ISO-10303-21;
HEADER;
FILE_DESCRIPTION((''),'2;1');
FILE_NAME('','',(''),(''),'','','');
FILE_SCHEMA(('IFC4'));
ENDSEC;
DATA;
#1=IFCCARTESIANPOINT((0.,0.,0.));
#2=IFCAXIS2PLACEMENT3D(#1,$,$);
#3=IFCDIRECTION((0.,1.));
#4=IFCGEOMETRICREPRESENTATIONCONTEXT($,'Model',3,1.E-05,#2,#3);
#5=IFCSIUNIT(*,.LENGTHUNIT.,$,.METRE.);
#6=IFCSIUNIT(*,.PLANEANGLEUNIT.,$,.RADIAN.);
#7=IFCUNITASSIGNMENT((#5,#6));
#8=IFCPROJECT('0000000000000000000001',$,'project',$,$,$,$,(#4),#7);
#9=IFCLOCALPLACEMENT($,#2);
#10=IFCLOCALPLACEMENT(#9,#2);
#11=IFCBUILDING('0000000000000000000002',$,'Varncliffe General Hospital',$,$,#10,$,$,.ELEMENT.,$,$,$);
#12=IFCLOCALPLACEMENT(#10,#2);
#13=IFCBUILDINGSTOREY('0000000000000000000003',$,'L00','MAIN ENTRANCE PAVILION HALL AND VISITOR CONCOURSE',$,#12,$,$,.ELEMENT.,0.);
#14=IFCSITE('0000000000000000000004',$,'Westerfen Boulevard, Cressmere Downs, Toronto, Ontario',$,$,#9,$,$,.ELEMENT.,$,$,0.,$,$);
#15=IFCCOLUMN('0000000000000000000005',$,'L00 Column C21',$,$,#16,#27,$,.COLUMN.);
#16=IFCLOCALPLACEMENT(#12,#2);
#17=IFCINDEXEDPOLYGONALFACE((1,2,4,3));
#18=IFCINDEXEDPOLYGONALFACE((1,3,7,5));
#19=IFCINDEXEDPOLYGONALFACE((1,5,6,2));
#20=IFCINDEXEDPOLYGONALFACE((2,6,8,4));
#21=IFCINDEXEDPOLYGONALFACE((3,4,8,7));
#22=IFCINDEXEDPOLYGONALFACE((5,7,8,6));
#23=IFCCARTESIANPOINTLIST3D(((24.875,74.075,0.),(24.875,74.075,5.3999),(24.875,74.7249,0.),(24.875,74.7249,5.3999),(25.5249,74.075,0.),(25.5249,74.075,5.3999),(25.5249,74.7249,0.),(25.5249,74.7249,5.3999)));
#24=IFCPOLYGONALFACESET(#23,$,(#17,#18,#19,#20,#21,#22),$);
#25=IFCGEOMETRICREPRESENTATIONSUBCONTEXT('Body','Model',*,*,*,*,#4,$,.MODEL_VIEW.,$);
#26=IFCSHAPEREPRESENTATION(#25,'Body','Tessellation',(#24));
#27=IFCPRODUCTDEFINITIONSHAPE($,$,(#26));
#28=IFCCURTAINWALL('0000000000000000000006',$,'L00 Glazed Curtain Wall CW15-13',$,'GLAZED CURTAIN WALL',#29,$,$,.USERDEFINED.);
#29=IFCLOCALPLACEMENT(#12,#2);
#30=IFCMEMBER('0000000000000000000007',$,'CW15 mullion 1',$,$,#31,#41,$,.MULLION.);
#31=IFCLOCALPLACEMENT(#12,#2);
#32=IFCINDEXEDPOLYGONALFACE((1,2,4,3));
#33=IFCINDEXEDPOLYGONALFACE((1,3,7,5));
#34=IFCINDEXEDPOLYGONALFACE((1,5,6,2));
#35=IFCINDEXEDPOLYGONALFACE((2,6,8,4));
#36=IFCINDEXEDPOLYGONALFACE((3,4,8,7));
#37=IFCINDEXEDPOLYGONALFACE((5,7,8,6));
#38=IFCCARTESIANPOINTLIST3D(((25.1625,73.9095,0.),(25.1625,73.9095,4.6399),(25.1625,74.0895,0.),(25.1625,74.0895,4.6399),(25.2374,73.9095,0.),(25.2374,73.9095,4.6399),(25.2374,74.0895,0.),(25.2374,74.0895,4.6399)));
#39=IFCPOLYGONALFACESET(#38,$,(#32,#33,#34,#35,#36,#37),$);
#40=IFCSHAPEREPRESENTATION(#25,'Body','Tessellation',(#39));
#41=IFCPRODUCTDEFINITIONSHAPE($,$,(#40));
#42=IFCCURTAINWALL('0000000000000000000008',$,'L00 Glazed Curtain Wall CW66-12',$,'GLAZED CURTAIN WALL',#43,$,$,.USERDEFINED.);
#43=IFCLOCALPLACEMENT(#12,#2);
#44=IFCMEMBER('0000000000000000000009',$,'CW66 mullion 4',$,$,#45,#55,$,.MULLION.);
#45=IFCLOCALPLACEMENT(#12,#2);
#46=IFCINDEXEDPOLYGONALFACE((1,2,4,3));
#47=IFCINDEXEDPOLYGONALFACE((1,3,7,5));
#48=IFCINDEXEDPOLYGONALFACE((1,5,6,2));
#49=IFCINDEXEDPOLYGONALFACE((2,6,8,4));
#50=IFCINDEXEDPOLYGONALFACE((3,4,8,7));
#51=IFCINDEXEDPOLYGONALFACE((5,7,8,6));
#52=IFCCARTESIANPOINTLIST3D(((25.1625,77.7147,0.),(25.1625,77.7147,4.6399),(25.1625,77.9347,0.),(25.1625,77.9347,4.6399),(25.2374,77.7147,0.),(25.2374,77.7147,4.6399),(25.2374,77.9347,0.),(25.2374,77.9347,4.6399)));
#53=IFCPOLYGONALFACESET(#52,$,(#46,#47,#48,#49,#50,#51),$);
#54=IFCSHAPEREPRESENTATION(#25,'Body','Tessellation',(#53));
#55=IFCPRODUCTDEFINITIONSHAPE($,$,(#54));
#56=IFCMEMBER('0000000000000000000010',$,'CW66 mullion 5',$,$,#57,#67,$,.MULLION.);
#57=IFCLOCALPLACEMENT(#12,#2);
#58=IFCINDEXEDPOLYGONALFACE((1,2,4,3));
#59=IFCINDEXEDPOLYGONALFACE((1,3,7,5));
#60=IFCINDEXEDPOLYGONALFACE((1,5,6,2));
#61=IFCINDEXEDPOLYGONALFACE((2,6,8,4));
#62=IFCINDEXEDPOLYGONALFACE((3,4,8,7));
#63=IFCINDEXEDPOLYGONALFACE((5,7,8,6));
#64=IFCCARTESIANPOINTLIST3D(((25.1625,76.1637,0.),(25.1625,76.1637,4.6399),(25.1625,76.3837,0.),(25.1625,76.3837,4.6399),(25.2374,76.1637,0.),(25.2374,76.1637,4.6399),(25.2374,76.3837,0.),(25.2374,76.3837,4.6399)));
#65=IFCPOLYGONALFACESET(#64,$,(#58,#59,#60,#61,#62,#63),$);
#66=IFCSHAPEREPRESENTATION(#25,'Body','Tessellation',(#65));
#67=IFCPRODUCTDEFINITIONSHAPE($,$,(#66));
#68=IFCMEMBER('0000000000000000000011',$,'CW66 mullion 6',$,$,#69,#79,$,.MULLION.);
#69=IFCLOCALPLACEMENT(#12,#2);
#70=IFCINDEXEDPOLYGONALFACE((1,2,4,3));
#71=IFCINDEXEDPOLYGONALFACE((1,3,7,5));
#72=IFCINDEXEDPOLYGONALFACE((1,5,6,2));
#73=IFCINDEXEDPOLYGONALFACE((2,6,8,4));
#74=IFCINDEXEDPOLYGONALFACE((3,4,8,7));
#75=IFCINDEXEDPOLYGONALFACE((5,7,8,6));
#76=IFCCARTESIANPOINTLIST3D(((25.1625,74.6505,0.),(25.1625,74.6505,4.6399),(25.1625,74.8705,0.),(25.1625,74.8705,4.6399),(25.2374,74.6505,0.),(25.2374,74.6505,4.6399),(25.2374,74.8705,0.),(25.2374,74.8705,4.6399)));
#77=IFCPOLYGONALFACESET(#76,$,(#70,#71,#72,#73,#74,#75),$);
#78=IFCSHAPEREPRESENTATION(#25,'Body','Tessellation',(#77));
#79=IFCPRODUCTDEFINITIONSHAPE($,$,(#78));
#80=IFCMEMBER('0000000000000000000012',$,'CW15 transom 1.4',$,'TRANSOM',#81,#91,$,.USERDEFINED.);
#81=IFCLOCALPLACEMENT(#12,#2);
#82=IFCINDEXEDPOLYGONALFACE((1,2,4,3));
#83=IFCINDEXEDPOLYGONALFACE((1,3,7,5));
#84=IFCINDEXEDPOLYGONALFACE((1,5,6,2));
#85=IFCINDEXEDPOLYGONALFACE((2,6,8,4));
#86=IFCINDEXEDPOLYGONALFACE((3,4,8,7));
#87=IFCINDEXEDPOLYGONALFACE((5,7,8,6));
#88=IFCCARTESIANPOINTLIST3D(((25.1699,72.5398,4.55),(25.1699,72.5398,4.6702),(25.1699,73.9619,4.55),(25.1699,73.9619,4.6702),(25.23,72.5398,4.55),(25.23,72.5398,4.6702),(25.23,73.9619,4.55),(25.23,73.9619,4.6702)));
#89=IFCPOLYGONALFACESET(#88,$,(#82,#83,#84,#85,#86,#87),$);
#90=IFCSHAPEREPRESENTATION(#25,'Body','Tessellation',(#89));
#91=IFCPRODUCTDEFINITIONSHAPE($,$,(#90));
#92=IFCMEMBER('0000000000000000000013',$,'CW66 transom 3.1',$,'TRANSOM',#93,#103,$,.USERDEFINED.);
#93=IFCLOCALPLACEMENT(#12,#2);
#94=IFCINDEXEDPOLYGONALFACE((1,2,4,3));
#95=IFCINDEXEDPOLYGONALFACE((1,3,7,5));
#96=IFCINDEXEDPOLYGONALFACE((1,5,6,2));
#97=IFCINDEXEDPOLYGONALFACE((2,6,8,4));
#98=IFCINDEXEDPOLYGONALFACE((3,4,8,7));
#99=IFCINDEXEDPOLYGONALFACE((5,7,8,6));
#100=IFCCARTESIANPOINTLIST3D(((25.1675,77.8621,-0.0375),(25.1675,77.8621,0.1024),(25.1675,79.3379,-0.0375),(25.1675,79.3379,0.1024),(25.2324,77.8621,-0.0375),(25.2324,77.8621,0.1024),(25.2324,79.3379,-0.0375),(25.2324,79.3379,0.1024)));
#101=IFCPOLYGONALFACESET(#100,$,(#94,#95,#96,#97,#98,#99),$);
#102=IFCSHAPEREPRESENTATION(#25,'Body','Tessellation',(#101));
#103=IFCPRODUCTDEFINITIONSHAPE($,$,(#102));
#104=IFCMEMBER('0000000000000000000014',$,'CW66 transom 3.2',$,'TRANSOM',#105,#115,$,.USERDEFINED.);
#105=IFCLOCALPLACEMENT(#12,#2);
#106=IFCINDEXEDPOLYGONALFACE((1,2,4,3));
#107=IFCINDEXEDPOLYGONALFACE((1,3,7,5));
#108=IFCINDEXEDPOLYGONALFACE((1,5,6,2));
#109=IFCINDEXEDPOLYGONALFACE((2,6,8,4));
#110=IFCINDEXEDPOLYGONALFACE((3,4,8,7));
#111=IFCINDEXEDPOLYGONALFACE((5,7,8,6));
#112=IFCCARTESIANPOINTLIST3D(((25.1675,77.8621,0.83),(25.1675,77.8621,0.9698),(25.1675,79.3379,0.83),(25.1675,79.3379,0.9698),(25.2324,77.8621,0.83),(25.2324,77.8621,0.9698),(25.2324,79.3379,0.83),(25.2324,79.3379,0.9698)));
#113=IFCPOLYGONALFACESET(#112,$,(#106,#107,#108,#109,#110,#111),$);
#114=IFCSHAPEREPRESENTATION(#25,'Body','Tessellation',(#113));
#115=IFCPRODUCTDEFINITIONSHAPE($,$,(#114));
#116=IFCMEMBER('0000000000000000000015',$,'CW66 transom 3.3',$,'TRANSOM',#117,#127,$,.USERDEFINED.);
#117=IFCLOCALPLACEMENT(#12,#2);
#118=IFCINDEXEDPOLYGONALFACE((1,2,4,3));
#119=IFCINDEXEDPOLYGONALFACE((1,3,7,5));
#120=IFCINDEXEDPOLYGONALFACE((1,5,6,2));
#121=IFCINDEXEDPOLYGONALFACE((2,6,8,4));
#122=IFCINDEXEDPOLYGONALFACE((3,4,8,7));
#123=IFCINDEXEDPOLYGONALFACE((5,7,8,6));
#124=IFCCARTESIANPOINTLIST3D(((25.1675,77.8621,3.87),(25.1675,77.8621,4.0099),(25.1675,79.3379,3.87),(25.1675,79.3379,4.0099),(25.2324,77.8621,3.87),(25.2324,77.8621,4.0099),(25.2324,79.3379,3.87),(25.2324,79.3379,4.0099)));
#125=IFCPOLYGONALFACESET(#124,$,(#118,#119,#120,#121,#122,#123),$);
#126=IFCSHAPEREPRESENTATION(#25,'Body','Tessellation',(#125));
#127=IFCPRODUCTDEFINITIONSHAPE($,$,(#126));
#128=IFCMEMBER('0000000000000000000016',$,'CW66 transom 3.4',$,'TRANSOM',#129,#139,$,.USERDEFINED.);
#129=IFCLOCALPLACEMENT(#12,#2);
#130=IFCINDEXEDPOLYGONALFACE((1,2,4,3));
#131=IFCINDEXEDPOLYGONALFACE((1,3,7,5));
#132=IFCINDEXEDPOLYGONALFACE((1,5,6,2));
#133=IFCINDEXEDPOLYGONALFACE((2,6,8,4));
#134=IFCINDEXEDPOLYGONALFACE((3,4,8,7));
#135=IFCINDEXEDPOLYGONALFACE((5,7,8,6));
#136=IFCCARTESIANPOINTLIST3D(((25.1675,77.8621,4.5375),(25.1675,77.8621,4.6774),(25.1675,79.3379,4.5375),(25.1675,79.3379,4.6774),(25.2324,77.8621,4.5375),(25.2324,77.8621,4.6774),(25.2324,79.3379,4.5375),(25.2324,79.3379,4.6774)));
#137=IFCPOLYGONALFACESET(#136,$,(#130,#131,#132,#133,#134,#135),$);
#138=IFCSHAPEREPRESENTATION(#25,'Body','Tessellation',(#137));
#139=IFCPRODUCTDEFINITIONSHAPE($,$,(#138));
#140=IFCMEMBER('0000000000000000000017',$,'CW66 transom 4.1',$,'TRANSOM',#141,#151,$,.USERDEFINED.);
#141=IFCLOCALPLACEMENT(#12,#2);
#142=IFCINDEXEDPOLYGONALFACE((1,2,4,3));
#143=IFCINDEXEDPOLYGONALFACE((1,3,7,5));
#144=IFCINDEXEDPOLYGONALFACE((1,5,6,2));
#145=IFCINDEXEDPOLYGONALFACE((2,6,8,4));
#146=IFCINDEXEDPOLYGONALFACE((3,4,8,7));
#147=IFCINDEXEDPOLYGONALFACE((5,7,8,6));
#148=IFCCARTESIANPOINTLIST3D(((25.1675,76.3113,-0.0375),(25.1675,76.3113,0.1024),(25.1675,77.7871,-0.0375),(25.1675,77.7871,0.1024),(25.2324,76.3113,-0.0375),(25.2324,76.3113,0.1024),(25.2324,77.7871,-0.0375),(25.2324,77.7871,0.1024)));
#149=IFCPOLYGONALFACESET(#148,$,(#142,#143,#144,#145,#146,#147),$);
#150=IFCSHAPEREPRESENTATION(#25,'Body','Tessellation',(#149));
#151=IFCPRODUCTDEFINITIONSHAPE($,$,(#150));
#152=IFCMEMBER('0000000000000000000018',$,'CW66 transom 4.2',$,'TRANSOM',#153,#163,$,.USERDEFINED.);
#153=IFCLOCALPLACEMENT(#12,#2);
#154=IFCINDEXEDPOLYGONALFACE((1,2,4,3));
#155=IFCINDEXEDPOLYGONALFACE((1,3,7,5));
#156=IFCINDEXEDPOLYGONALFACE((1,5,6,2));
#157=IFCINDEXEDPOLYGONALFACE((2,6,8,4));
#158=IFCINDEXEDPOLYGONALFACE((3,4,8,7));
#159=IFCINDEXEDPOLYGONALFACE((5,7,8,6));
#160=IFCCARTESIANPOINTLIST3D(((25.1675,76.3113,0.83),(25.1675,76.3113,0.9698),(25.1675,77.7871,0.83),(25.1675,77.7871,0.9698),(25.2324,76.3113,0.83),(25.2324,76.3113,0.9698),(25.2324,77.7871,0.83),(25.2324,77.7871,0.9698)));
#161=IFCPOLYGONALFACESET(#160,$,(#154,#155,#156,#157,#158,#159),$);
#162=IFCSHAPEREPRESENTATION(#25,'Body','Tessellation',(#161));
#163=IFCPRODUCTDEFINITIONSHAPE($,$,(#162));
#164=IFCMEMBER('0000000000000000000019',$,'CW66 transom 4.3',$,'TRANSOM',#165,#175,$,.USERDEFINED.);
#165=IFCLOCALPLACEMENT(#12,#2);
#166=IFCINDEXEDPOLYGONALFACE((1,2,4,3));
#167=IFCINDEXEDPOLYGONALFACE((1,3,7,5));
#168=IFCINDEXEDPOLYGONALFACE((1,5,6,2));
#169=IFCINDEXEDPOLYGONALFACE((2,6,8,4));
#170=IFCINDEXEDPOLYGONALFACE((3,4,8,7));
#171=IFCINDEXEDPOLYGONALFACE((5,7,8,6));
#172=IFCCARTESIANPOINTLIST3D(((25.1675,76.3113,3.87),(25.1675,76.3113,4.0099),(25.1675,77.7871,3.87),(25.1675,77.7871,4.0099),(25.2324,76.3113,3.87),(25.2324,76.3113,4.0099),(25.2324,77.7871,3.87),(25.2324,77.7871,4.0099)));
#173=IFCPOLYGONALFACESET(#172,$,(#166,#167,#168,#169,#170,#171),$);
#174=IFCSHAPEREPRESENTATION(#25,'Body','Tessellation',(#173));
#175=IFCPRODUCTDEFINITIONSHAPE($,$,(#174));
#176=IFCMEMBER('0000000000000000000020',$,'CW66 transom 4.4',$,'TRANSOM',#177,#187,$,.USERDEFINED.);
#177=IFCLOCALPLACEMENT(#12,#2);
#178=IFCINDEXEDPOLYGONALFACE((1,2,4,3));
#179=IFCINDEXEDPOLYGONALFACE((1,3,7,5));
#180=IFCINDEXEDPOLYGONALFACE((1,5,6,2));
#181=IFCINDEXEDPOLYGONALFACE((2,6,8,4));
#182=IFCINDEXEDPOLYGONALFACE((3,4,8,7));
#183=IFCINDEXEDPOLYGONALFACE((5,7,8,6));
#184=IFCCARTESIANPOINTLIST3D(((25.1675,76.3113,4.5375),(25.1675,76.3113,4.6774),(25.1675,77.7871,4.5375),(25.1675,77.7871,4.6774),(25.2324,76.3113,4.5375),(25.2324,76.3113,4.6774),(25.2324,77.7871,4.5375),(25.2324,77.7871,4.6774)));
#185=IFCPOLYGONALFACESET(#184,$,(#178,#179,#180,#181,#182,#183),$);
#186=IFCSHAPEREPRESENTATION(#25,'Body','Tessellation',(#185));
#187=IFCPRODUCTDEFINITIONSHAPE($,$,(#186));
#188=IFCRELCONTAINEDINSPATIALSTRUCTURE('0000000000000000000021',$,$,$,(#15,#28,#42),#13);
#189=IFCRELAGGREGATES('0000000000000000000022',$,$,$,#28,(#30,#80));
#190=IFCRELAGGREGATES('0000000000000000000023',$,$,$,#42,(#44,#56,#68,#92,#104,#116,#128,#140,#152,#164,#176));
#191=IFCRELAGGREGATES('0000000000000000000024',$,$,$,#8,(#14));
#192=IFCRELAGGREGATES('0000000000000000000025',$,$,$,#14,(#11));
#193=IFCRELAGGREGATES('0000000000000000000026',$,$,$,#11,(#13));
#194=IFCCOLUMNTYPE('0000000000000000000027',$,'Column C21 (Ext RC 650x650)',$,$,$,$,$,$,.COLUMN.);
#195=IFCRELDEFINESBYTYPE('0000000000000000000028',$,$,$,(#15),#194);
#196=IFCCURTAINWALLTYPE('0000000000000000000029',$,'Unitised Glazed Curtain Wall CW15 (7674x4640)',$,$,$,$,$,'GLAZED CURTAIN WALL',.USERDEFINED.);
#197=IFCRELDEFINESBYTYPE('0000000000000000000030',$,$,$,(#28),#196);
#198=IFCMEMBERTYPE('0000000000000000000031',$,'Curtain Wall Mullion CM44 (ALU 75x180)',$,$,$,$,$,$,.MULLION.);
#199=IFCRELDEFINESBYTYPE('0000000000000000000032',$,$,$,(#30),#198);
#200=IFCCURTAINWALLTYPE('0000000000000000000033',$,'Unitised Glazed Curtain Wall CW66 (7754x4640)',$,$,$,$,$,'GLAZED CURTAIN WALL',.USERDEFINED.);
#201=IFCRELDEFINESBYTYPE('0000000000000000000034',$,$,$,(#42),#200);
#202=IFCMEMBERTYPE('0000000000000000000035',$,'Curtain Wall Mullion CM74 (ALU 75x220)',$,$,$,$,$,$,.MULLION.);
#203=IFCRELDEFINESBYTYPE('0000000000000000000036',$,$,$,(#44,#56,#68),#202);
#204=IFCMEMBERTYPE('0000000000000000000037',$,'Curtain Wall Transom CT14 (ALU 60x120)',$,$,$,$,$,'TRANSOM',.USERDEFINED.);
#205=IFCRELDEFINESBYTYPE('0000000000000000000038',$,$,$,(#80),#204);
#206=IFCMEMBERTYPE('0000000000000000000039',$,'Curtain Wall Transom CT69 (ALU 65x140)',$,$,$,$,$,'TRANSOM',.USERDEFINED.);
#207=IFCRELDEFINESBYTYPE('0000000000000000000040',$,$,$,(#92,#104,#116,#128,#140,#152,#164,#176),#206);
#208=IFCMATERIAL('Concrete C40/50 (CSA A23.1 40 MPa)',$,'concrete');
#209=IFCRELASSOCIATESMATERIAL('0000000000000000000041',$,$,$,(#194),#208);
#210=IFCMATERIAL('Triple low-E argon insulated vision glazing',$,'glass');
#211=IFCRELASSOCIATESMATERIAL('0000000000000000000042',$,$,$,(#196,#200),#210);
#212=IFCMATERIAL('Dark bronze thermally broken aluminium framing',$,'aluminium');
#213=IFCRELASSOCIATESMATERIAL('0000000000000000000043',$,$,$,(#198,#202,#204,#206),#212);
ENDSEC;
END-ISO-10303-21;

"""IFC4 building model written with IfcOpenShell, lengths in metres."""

from ifc_helpers import new_model, si_unit, direction, frame, origin, origin_2d, place, context, subcontext, project, spatial, rectangle, extrude, material, material_profile, profile_set, type_object, element, aggregate, save


model = new_model("IFC4")

# Units and contexts
model_context = context("Model", 3, precision=1e-05, world=origin(), true_north=direction((0.0, 1.0)))
body_context = subcontext(model_context, "Body", "Model", "MODEL_VIEW")
ifc_project = project(units=[si_unit("LENGTHUNIT", "METRE"), si_unit("PLANEANGLEUNIT", "RADIAN")], contexts=[model_context])

# Site, building, storey
site_placement = place(None, origin())
site = spatial("IfcSite", under=ifc_project, at=site_placement, Name="Westerfen Boulevard, Cressmere Downs, Toronto, Ontario", CompositionType="ELEMENT", RefElevation=0.0)
building_placement = place(site_placement, origin())
building = spatial("IfcBuilding", under=site, at=building_placement, Name="Varncliffe General Hospital", CompositionType="ELEMENT")
storey_placement = place(building_placement, origin())
storey = spatial("IfcBuildingStorey", under=building, at=storey_placement, Name="L00", Description="MAIN ENTRANCE PAVILION HALL AND VISITOR CONCOURSE", CompositionType="ELEMENT", Elevation=0.0)

# Column
ifc_material_1 = material(Name="Concrete C40/50 (CSA A23.1 40 MPa)", Category="concrete")
ifc_material_profile_1 = material_profile(ifc_material_1, rectangle(XDim=0.6499, YDim=0.6499, at=origin_2d()), Name="RC 650x650")
ifc_profile_set_1 = profile_set([ifc_material_profile_1], Name="Concrete C40/50 (CSA A23.1 40 MPa)")
column_type = type_object("IfcColumnType", Name="Column C21 (Ext RC 650x650)", PredefinedType="COLUMN", material=ifc_profile_set_1)
column_placement = place(storey_placement, frame((25.2, 74.3999, 0.0), z_axis=(0.0, 0.0, 1.0), x_axis=(1.0, 0.0, 0.0)))
element("IfcColumn", 1, at=column_placement, inside=storey, type_object=column_type, Name="L00 Column C21", PredefinedType="COLUMN", context=body_context, shape_type="SweptSolid", body=[
    extrude(rectangle(XDim=0.6499, YDim=0.6499, at=origin_2d()), origin(), (0.0, 0.0, 1.0), 5.3999),
])

# Curtain wall, member
ifc_material_2 = material(Name="Triple low-E argon insulated vision glazing", Category="glass")
curtain_wall_type_1 = type_object("IfcCurtainWallType", Name="Unitised Glazed Curtain Wall CW15 (7674x4640)", ElementType="GLAZED CURTAIN WALL", PredefinedType="USERDEFINED", material=ifc_material_2)
curtain_wall_1_placement = place(storey_placement, origin())
curtain_wall_1 = element("IfcCurtainWall", 2, at=curtain_wall_1_placement, inside=storey, type_object=curtain_wall_type_1, Name="L00 Glazed Curtain Wall CW15-13", ObjectType="GLAZED CURTAIN WALL", PredefinedType="USERDEFINED")
ifc_material_3 = material(Name="Dark bronze thermally broken aluminium framing", Category="aluminium")
ifc_material_profile_2 = material_profile(ifc_material_3, rectangle(XDim=0.075, YDim=0.1799, at=origin_2d()), Name="ALU 75x180")
ifc_profile_set_2 = profile_set([ifc_material_profile_2], Name="Dark bronze thermally broken aluminium framing")
member_type_1 = type_object("IfcMemberType", Name="Curtain Wall Mullion CM44 (ALU 75x180)", PredefinedType="MULLION", material=ifc_profile_set_2)
member_1_placement = place(storey_placement, frame((25.2, 73.9995, 0.0), z_axis=(0.0, 0.0, 1.0), x_axis=(1.0, 0.0, 0.0)))
member_1 = element("IfcMember", 3, at=member_1_placement, type_object=member_type_1, Name="CW15 mullion 1", PredefinedType="MULLION", context=body_context, shape_type="SweptSolid", body=[
    extrude(rectangle(XDim=0.075, YDim=0.1799, at=origin_2d()), origin(), (0.0, 0.0, 1.0), 4.6399),
])

# Curtain wall, members
curtain_wall_type_2 = type_object("IfcCurtainWallType", Name="Unitised Glazed Curtain Wall CW66 (7754x4640)", ElementType="GLAZED CURTAIN WALL", PredefinedType="USERDEFINED", material=ifc_material_2)
curtain_wall_2_placement = place(storey_placement, origin())
curtain_wall_2 = element("IfcCurtainWall", 4, at=curtain_wall_2_placement, inside=storey, type_object=curtain_wall_type_2, Name="L00 Glazed Curtain Wall CW66-12", ObjectType="GLAZED CURTAIN WALL", PredefinedType="USERDEFINED")
ifc_material_profile_3 = material_profile(ifc_material_3, rectangle(XDim=0.075, YDim=0.22, at=origin_2d()), Name="ALU 75x220")
ifc_profile_set_3 = profile_set([ifc_material_profile_3], Name="Dark bronze thermally broken aluminium framing")
member_type_2 = type_object("IfcMemberType", Name="Curtain Wall Mullion CM74 (ALU 75x220)", PredefinedType="MULLION", material=ifc_profile_set_3)
member_2_placement = place(storey_placement, frame((25.2, 77.8247, 0.0), z_axis=(0.0, 0.0, 1.0), x_axis=(1.0, 0.0, 0.0)))
member_2 = element("IfcMember", 5, at=member_2_placement, type_object=member_type_2, Name="CW66 mullion 4", PredefinedType="MULLION", context=body_context, shape_type="SweptSolid", body=[
    extrude(rectangle(XDim=0.075, YDim=0.22, at=origin_2d()), origin(), (0.0, 0.0, 1.0), 4.6399),
])
member_3_placement = place(storey_placement, frame((25.2, 76.2737, 0.0), z_axis=(0.0, 0.0, 1.0), x_axis=(1.0, 0.0, 0.0)))
member_3 = element("IfcMember", 6, at=member_3_placement, type_object=member_type_2, Name="CW66 mullion 5", PredefinedType="MULLION", context=body_context, shape_type="SweptSolid", body=[
    extrude(rectangle(XDim=0.075, YDim=0.22, at=origin_2d()), origin(), (0.0, 0.0, 1.0), 4.6399),
])
member_4_placement = place(storey_placement, frame((25.2, 74.7605, 0.0), z_axis=(0.0, 0.0, 1.0), x_axis=(1.0, 0.0, 0.0)))
member_4 = element("IfcMember", 7, at=member_4_placement, type_object=member_type_2, Name="CW66 mullion 6", PredefinedType="MULLION", context=body_context, shape_type="SweptSolid", body=[
    extrude(rectangle(XDim=0.075, YDim=0.22, at=origin_2d()), origin(), (0.0, 0.0, 1.0), 4.6399),
])

# Members
ifc_material_profile_4 = material_profile(ifc_material_3, rectangle(XDim=0.0601, YDim=0.1201, at=origin_2d()), Name="ALU 60x120")
ifc_profile_set_4 = profile_set([ifc_material_profile_4], Name="Dark bronze thermally broken aluminium framing")
member_type_3 = type_object("IfcMemberType", Name="Curtain Wall Transom CT14 (ALU 60x120)", ElementType="TRANSOM", PredefinedType="USERDEFINED", material=ifc_profile_set_4)
member_5_placement = place(storey_placement, frame((25.2, 73.9619, 4.6101), z_axis=(0.0, -1.0, 0.0), x_axis=(1.0, 0.0, 0.0)))
member_5 = element("IfcMember", 8, at=member_5_placement, type_object=member_type_3, Name="CW15 transom 1.4", ObjectType="TRANSOM", PredefinedType="USERDEFINED", context=body_context, shape_type="SweptSolid", body=[
    extrude(rectangle(XDim=0.0601, YDim=0.1201, at=origin_2d()), origin(), (0.0, 0.0, 1.0), 1.4221),
])
aggregate(curtain_wall_1, [member_1, member_5])
ifc_material_profile_5 = material_profile(ifc_material_3, rectangle(XDim=0.0649, YDim=0.1399, at=origin_2d()), Name="ALU 65x140")
ifc_profile_set_5 = profile_set([ifc_material_profile_5], Name="Dark bronze thermally broken aluminium framing")
member_type_4 = type_object("IfcMemberType", Name="Curtain Wall Transom CT69 (ALU 65x140)", ElementType="TRANSOM", PredefinedType="USERDEFINED", material=ifc_profile_set_5)
member_6_placement = place(storey_placement, frame((25.2, 79.3379, 0.0325), z_axis=(0.0, -1.0, 0.0), x_axis=(1.0, 0.0, 0.0)))
member_6 = element("IfcMember", 9, at=member_6_placement, type_object=member_type_4, Name="CW66 transom 3.1", ObjectType="TRANSOM", PredefinedType="USERDEFINED", context=body_context, shape_type="SweptSolid", body=[
    extrude(rectangle(XDim=0.0649, YDim=0.1399, at=origin_2d()), origin(), (0.0, 0.0, 1.0), 1.4758),
])
member_7_placement = place(storey_placement, frame((25.2, 79.3379, 0.8999), z_axis=(0.0, -1.0, 0.0), x_axis=(1.0, 0.0, 0.0)))
member_7 = element("IfcMember", 10, at=member_7_placement, type_object=member_type_4, Name="CW66 transom 3.2", ObjectType="TRANSOM", PredefinedType="USERDEFINED", context=body_context, shape_type="SweptSolid", body=[
    extrude(rectangle(XDim=0.0649, YDim=0.1399, at=origin_2d()), origin(), (0.0, 0.0, 1.0), 1.4758),
])
member_8_placement = place(storey_placement, frame((25.2, 79.3379, 3.9399), z_axis=(0.0, -1.0, 0.0), x_axis=(1.0, 0.0, 0.0)))
member_8 = element("IfcMember", 11, at=member_8_placement, type_object=member_type_4, Name="CW66 transom 3.3", ObjectType="TRANSOM", PredefinedType="USERDEFINED", context=body_context, shape_type="SweptSolid", body=[
    extrude(rectangle(XDim=0.0649, YDim=0.1399, at=origin_2d()), origin(), (0.0, 0.0, 1.0), 1.4758),
])
member_9_placement = place(storey_placement, frame((25.2, 79.3379, 4.6074), z_axis=(0.0, -1.0, 0.0), x_axis=(1.0, 0.0, 0.0)))
member_9 = element("IfcMember", 12, at=member_9_placement, type_object=member_type_4, Name="CW66 transom 3.4", ObjectType="TRANSOM", PredefinedType="USERDEFINED", context=body_context, shape_type="SweptSolid", body=[
    extrude(rectangle(XDim=0.0649, YDim=0.1399, at=origin_2d()), origin(), (0.0, 0.0, 1.0), 1.4758),
])
member_10_placement = place(storey_placement, frame((25.2, 77.7871, 0.0325), z_axis=(0.0, -1.0, 0.0), x_axis=(1.0, 0.0, 0.0)))
member_10 = element("IfcMember", 13, at=member_10_placement, type_object=member_type_4, Name="CW66 transom 4.1", ObjectType="TRANSOM", PredefinedType="USERDEFINED", context=body_context, shape_type="SweptSolid", body=[
    extrude(rectangle(XDim=0.0649, YDim=0.1399, at=origin_2d()), origin(), (0.0, 0.0, 1.0), 1.4758),
])
member_11_placement = place(storey_placement, frame((25.2, 77.7871, 0.8999), z_axis=(0.0, -1.0, 0.0), x_axis=(1.0, 0.0, 0.0)))
member_11 = element("IfcMember", 14, at=member_11_placement, type_object=member_type_4, Name="CW66 transom 4.2", ObjectType="TRANSOM", PredefinedType="USERDEFINED", context=body_context, shape_type="SweptSolid", body=[
    extrude(rectangle(XDim=0.0649, YDim=0.1399, at=origin_2d()), origin(), (0.0, 0.0, 1.0), 1.4758),
])
member_12_placement = place(storey_placement, frame((25.2, 77.7871, 3.9399), z_axis=(0.0, -1.0, 0.0), x_axis=(1.0, 0.0, 0.0)))
member_12 = element("IfcMember", 15, at=member_12_placement, type_object=member_type_4, Name="CW66 transom 4.3", ObjectType="TRANSOM", PredefinedType="USERDEFINED", context=body_context, shape_type="SweptSolid", body=[
    extrude(rectangle(XDim=0.0649, YDim=0.1399, at=origin_2d()), origin(), (0.0, 0.0, 1.0), 1.4758),
])
member_13_placement = place(storey_placement, frame((25.2, 77.7871, 4.6074), z_axis=(0.0, -1.0, 0.0), x_axis=(1.0, 0.0, 0.0)))
member_13 = element("IfcMember", 16, at=member_13_placement, type_object=member_type_4, Name="CW66 transom 4.4", ObjectType="TRANSOM", PredefinedType="USERDEFINED", context=body_context, shape_type="SweptSolid", body=[
    extrude(rectangle(XDim=0.0649, YDim=0.1399, at=origin_2d()), origin(), (0.0, 0.0, 1.0), 1.4758),
])

aggregate(curtain_wall_2, [member_2, member_3, member_4, member_6, member_7, member_8, member_9, member_10, member_11, member_12, member_13])

save(model, "model.ifc")
